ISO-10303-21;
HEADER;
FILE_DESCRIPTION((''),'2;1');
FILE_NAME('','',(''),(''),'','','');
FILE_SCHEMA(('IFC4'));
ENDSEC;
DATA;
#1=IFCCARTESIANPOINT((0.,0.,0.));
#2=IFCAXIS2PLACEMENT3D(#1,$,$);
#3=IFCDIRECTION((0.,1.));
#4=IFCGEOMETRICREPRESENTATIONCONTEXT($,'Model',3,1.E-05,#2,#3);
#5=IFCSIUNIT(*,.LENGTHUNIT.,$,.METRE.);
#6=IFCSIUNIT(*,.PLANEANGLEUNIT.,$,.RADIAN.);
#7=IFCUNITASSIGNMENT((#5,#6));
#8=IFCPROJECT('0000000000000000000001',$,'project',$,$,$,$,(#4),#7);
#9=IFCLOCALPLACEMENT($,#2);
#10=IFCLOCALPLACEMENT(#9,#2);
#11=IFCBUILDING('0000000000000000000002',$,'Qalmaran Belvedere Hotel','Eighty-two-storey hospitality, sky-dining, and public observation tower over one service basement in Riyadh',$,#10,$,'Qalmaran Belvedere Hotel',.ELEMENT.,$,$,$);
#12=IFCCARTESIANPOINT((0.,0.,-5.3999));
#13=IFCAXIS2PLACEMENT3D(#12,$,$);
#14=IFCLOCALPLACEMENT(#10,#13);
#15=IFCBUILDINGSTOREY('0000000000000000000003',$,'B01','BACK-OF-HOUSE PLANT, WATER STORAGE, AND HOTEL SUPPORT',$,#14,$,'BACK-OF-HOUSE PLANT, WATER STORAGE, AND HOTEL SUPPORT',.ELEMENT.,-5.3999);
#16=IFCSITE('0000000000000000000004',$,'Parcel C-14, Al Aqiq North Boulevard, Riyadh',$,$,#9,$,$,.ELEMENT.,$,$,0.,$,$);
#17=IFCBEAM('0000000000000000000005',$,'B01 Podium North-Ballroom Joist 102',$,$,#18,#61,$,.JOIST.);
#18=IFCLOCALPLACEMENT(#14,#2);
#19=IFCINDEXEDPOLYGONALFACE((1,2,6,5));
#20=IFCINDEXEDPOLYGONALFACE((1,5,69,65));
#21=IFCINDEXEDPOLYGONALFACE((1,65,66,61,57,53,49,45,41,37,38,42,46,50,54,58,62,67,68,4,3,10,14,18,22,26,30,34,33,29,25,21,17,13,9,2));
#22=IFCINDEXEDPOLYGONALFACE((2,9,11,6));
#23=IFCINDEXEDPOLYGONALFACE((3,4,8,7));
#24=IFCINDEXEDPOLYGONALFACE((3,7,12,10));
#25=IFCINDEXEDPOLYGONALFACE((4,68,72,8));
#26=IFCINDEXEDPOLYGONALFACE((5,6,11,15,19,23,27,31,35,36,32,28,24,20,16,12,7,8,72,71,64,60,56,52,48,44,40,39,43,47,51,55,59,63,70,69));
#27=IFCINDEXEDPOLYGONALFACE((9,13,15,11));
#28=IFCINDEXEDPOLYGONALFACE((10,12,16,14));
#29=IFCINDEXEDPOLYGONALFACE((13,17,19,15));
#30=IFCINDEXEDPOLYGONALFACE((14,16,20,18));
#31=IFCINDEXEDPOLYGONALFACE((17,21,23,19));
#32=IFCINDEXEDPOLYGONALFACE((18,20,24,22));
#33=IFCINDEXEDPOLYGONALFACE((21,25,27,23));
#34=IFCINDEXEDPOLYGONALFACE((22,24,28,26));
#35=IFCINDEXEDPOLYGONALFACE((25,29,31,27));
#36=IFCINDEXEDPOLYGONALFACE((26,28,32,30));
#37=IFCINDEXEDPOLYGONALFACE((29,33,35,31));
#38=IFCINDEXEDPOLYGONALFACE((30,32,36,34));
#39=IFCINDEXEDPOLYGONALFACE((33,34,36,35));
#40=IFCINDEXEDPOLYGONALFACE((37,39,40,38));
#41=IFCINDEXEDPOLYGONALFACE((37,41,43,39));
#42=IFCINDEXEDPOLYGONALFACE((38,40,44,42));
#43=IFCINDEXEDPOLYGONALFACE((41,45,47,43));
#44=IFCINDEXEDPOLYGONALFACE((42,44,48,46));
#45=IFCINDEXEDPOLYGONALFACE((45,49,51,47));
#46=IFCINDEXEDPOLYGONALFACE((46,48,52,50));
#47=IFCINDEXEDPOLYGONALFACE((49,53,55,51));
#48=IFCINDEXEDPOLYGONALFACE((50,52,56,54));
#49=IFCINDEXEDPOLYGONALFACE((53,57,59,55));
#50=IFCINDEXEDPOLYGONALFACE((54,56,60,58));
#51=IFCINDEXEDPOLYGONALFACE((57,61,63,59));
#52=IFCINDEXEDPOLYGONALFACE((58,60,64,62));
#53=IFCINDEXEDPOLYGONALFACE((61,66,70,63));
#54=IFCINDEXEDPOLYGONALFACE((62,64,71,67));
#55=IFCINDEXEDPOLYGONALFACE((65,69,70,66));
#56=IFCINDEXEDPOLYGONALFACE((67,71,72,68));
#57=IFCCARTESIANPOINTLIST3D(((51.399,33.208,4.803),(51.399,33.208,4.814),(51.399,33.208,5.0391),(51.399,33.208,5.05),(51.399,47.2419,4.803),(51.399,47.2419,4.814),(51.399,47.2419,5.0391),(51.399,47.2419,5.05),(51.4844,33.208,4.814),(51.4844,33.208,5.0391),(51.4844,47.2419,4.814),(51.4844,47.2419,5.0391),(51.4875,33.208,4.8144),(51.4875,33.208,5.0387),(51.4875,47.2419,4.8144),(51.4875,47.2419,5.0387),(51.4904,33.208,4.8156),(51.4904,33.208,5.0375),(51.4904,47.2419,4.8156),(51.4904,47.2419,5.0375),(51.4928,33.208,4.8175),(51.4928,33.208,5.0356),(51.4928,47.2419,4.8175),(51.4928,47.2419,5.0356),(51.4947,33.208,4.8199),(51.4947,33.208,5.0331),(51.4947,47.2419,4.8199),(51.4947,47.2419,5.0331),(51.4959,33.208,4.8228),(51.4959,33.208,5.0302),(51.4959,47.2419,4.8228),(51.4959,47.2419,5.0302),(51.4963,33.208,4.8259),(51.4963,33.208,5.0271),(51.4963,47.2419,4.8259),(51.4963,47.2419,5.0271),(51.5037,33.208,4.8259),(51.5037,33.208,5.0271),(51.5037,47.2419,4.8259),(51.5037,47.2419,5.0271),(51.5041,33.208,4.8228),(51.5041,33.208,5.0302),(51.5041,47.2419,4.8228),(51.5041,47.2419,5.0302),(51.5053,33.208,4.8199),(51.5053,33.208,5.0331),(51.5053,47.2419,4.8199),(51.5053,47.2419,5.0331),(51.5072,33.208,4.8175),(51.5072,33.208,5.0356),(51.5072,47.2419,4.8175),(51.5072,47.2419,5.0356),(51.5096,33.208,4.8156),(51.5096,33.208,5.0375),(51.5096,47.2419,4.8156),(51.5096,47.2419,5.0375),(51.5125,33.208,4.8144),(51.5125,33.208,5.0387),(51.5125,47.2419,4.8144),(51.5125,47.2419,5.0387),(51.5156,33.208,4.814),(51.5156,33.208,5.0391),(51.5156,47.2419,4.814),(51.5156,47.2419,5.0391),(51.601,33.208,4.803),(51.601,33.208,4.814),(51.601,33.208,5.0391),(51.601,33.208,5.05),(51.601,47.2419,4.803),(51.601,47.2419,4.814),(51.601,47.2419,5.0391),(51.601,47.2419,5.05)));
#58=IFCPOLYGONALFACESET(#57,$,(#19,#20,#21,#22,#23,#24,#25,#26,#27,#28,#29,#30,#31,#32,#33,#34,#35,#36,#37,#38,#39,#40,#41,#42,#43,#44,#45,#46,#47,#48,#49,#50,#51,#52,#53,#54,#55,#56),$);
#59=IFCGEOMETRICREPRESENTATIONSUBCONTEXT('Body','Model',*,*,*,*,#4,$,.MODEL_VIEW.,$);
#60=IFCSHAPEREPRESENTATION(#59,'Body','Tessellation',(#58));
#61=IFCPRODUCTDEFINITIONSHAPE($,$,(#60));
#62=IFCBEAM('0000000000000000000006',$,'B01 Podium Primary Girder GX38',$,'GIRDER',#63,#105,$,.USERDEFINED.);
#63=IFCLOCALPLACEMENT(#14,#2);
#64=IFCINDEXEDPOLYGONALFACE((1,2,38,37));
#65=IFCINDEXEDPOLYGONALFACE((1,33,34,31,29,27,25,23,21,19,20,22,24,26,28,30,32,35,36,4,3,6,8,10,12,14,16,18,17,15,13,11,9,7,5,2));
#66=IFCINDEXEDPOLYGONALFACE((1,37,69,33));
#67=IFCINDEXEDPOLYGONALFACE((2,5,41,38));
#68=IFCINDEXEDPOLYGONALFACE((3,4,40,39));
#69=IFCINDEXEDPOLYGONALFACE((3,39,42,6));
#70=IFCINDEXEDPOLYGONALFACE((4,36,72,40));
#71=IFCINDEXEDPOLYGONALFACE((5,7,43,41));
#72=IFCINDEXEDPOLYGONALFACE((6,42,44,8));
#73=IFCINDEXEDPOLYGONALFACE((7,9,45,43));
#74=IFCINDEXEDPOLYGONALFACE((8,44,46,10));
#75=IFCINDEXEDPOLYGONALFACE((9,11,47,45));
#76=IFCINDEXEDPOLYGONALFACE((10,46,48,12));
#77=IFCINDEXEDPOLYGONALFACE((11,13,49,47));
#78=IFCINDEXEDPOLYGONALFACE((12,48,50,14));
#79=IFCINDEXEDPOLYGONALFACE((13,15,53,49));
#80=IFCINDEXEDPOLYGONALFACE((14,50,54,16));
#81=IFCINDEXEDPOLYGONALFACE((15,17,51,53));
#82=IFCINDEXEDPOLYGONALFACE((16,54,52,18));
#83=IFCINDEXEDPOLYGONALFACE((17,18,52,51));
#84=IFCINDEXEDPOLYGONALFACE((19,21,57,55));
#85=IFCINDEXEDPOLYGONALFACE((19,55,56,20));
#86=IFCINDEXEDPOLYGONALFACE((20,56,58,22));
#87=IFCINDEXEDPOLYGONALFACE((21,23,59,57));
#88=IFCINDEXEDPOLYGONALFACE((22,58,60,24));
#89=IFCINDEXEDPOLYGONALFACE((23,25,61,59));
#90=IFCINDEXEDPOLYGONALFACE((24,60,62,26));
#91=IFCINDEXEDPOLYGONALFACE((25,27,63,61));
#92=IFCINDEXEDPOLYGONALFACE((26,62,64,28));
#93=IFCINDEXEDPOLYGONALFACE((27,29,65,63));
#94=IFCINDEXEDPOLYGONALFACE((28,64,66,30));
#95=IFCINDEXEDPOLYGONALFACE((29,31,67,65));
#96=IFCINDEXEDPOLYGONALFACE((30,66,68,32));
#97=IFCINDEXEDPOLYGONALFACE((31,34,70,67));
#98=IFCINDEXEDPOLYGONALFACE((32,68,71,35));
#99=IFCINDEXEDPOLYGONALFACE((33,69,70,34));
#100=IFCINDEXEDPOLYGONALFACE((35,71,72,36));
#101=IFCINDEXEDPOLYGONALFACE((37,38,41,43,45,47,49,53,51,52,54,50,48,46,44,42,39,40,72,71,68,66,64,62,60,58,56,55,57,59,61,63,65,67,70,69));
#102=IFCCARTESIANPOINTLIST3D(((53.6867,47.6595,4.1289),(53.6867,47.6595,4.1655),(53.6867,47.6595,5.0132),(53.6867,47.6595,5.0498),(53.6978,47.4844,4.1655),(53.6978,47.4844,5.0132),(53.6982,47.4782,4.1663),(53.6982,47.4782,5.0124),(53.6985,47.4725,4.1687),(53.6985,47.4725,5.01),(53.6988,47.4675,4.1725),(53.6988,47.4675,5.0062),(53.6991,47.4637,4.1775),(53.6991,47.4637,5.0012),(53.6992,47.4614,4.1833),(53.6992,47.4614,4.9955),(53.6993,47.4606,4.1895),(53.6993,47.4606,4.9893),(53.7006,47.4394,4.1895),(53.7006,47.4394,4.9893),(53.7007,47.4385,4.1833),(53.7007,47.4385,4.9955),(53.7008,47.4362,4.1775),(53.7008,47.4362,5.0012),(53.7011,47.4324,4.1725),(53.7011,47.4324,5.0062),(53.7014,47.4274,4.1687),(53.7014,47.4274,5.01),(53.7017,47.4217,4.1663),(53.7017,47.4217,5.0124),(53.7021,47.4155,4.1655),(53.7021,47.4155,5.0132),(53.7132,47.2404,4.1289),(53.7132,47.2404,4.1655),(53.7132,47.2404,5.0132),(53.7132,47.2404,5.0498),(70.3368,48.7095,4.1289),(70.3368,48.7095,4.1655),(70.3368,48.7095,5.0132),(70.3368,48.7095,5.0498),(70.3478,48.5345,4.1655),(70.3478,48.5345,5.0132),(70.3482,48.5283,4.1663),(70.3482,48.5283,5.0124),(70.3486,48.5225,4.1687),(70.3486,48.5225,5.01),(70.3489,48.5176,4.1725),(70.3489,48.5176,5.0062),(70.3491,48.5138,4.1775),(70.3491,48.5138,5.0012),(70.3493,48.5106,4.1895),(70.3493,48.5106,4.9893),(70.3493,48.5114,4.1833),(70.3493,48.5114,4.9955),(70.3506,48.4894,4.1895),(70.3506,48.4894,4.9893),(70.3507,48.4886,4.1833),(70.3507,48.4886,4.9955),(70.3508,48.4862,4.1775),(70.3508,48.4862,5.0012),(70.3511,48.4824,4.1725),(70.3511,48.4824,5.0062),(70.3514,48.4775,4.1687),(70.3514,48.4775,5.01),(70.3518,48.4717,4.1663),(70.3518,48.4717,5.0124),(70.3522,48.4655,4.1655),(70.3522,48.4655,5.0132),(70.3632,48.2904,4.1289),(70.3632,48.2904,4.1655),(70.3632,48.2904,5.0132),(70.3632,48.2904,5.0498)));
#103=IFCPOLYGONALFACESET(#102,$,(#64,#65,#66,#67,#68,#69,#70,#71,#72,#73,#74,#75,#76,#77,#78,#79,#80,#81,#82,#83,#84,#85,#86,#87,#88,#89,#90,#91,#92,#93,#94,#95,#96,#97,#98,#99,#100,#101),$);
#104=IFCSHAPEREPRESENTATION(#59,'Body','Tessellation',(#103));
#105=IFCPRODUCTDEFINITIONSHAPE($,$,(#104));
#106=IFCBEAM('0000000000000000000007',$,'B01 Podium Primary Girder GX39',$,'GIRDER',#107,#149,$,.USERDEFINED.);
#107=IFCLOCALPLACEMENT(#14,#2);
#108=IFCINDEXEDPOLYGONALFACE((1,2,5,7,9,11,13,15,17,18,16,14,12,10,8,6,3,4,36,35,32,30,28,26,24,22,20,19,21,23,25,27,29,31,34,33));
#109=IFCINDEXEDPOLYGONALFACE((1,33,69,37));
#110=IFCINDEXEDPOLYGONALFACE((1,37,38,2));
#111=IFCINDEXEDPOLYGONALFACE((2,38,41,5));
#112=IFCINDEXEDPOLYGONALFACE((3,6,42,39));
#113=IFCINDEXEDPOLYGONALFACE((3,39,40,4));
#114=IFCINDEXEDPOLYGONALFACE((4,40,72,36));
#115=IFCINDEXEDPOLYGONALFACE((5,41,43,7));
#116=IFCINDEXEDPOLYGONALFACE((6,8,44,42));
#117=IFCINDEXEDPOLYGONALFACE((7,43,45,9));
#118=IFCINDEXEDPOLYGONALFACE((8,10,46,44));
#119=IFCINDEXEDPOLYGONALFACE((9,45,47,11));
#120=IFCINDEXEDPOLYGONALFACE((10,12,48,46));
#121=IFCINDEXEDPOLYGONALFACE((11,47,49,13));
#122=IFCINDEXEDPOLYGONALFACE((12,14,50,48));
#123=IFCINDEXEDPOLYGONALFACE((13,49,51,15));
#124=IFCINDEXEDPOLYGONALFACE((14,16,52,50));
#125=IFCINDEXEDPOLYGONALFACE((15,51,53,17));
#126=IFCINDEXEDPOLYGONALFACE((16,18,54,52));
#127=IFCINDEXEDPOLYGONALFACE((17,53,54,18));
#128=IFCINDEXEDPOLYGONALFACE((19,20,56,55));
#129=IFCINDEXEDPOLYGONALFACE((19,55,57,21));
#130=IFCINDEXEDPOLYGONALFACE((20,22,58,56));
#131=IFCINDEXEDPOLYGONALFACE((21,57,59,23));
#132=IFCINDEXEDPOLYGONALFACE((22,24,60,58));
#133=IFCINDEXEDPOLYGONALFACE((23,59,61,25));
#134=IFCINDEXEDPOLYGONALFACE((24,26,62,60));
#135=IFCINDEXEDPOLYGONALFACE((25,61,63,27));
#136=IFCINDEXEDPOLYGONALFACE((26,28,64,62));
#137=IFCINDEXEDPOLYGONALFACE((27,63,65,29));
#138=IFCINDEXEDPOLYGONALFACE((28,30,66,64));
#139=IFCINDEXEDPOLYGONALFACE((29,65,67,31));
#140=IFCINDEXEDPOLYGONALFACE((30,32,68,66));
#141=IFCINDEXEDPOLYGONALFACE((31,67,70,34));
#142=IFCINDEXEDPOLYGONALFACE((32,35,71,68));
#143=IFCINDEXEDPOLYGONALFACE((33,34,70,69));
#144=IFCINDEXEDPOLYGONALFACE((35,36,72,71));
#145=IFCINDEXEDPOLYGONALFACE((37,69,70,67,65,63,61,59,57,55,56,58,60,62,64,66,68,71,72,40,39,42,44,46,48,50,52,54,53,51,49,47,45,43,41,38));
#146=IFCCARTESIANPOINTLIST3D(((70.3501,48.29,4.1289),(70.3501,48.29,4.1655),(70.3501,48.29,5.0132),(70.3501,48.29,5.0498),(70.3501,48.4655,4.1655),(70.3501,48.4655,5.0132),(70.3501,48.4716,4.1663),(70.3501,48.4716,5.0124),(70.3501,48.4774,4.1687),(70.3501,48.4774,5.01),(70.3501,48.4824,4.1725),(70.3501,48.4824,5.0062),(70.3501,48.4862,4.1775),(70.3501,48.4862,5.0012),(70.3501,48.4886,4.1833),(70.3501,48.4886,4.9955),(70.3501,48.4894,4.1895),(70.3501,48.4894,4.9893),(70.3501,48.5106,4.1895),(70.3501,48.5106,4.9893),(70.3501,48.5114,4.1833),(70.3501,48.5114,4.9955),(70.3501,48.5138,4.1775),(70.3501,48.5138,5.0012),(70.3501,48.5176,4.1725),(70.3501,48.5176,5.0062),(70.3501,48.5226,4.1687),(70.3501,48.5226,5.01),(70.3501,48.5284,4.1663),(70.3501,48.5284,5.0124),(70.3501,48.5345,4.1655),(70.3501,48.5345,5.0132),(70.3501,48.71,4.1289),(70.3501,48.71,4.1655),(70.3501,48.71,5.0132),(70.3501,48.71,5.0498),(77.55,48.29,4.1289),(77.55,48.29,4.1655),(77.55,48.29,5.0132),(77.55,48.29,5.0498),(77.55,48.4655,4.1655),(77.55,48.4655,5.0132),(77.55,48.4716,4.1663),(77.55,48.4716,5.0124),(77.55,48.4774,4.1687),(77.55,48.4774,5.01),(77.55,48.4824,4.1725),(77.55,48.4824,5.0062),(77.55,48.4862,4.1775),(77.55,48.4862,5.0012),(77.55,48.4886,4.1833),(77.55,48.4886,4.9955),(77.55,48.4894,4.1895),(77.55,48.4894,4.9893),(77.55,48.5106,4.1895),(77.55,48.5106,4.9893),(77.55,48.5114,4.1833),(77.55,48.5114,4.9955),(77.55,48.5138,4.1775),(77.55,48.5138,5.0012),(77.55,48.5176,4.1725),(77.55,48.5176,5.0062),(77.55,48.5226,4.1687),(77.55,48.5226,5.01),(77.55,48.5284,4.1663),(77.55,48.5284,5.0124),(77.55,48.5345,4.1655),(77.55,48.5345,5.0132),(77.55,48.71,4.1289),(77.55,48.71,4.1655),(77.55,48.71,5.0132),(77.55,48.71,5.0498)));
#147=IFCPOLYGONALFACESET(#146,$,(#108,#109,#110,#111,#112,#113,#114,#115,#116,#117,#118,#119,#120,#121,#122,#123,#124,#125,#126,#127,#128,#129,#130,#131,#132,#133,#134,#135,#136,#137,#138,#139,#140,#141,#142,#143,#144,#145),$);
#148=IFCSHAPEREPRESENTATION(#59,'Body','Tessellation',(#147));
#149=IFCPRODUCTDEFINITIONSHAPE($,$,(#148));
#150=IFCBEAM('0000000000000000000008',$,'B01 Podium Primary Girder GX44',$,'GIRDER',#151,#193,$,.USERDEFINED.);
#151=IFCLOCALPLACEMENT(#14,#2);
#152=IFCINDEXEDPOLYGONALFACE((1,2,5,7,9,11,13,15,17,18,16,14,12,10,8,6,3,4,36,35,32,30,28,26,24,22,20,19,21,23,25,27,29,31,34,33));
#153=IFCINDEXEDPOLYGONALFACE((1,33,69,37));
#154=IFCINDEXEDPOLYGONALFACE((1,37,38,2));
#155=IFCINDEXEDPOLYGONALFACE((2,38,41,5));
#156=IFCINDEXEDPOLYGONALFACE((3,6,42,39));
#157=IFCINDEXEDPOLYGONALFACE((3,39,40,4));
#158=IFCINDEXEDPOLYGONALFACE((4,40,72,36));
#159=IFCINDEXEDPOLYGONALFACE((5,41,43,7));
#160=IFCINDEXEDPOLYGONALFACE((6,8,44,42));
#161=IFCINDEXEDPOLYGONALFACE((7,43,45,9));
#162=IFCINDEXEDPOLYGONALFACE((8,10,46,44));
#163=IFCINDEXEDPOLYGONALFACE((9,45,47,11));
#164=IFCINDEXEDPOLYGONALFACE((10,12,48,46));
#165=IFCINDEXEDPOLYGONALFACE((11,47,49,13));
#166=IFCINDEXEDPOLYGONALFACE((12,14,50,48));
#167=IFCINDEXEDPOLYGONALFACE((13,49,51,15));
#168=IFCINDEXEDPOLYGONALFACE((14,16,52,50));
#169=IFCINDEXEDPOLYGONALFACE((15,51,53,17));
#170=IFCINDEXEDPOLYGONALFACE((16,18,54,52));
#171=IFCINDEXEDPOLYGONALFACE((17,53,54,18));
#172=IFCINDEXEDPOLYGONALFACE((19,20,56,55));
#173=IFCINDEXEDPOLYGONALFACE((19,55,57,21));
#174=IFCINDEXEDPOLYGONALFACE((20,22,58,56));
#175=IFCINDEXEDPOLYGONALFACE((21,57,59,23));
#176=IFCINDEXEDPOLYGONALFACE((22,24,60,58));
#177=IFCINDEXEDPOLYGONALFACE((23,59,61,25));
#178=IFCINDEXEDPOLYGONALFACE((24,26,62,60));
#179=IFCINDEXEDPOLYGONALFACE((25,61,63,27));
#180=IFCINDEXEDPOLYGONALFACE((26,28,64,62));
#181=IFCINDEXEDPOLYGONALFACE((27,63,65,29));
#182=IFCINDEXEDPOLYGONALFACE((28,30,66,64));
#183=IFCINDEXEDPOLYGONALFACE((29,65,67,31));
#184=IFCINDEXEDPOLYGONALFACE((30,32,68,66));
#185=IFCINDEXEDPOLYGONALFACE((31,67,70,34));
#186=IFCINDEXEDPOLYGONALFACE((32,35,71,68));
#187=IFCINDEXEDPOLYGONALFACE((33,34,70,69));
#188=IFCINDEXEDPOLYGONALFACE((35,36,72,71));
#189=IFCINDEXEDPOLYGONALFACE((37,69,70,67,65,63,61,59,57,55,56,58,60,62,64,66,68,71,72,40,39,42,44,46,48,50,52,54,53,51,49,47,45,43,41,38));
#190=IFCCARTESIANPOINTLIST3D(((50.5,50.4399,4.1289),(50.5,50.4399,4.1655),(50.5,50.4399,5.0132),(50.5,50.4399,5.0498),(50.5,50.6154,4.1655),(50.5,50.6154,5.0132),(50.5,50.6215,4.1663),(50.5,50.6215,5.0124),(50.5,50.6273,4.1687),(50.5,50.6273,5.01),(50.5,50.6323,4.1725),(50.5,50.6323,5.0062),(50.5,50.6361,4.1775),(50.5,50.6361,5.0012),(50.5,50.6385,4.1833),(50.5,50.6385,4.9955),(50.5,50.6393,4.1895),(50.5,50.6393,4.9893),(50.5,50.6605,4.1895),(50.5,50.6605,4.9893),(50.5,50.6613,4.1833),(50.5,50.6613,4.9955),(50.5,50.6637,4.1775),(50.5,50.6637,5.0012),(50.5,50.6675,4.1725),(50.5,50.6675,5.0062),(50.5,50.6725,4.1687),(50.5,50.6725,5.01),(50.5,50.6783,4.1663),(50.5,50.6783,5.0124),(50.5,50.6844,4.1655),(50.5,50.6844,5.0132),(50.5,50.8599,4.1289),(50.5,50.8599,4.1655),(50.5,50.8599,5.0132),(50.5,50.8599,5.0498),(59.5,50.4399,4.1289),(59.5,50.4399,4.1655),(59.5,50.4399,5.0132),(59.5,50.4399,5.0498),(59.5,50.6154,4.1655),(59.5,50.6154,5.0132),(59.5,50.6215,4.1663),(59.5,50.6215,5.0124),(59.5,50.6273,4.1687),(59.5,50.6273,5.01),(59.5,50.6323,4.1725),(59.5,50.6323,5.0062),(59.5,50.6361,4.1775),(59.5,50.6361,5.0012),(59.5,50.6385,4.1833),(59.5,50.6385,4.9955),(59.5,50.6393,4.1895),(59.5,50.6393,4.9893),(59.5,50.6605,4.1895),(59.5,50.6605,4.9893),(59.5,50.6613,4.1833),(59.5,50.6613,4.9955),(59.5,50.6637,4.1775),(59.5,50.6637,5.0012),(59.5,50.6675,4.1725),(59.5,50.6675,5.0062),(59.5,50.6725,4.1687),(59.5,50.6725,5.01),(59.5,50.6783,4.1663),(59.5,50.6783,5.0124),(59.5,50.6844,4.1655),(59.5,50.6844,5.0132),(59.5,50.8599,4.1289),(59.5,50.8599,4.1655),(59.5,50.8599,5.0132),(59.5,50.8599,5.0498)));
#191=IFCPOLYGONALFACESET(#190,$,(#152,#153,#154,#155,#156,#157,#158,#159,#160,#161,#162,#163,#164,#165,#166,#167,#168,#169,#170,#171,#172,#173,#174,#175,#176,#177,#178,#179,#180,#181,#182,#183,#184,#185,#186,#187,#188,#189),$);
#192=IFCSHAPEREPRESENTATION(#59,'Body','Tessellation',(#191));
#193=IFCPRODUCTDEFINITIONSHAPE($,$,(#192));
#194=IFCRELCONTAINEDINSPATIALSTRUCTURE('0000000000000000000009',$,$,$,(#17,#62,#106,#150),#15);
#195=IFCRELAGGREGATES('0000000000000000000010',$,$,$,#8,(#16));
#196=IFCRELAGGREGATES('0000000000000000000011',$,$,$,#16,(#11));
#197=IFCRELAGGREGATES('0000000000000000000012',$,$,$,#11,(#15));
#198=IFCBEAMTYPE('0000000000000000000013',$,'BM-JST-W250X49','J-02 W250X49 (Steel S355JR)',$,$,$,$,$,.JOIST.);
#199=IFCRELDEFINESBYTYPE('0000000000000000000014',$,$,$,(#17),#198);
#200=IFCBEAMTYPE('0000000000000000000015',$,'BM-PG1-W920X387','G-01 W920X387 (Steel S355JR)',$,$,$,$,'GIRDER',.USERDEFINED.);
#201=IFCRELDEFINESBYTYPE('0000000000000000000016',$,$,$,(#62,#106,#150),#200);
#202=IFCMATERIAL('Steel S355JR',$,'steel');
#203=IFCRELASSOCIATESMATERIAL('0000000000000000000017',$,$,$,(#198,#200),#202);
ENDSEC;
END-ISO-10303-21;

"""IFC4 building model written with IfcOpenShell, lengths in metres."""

from ifc_helpers import new_model, si_unit, direction, frame, origin, origin_2d, place, context, subcontext, project, spatial, i_section, extrude, material, material_profile, profile_set, type_object, element, save


model = new_model("IFC4")

# Units and contexts
model_context = context("Model", 3, precision=1e-05, world=origin(), true_north=direction((0.0, 1.0)))
body_context = subcontext(model_context, "Body", "Model", "MODEL_VIEW")
ifc_project = project(units=[si_unit("LENGTHUNIT", "METRE"), si_unit("PLANEANGLEUNIT", "RADIAN")], contexts=[model_context])

# Site, building, storey
site_placement = place(None, origin())
site = spatial("IfcSite", under=ifc_project, at=site_placement, Name="Parcel C-14, Al Aqiq North Boulevard, Riyadh", CompositionType="ELEMENT", RefElevation=0.0)
building_placement = place(site_placement, origin())
building = spatial("IfcBuilding", under=site, at=building_placement, Name="Qalmaran Belvedere Hotel", Description="Eighty-two-storey hospitality, sky-dining, and public observation tower over one service basement in Riyadh", LongName="Qalmaran Belvedere Hotel", CompositionType="ELEMENT")
storey_placement = place(building_placement, frame((0.0, 0.0, -5.3999)))
storey = spatial("IfcBuildingStorey", under=building, at=storey_placement, Name="B01", Description="BACK-OF-HOUSE PLANT, WATER STORAGE, AND HOTEL SUPPORT", LongName="BACK-OF-HOUSE PLANT, WATER STORAGE, AND HOTEL SUPPORT", CompositionType="ELEMENT", Elevation=-5.3999)

# Beams
ifc_material_1 = material(Name="Steel S355JR", Category="steel")
ifc_material_profile_1 = material_profile(ifc_material_1, i_section(OverallWidth=0.2019, OverallDepth=0.2471, WebThickness=0.0073, FlangeThickness=0.011, FilletRadius=0.012, at=origin_2d()), Name="W250X49")
ifc_profile_set_1 = profile_set([ifc_material_profile_1], Name="Steel S355JR")
beam_type_1 = type_object("IfcBeamType", Name="BM-JST-W250X49", Description="J-02 W250X49 (Steel S355JR)", PredefinedType="JOIST", material=ifc_profile_set_1)
beam_1_placement = place(storey_placement, frame((51.5, 33.208, 4.9265), z_axis=(0.0, 1.0, 0.0), x_axis=(-1.0, 0.0, 0.0)))
element("IfcBeam", 1, at=beam_1_placement, inside=storey, type_object=beam_type_1, Name="B01 Podium North-Ballroom Joist 102", PredefinedType="JOIST", context=body_context, shape_type="SweptSolid", body=[
    extrude(i_section(OverallWidth=0.2019, OverallDepth=0.2471, WebThickness=0.0073, FlangeThickness=0.011, FilletRadius=0.012, at=origin_2d()), origin(), (0.0, 0.0, 1.0), 14.0339),
])
ifc_material_profile_2 = material_profile(ifc_material_1, i_section(OverallWidth=0.4199, OverallDepth=0.9209, WebThickness=0.0212, FlangeThickness=0.0366, FilletRadius=0.0239, at=origin_2d()), Name="W920X387")
ifc_profile_set_2 = profile_set([ifc_material_profile_2], Name="Steel S355JR")
beam_type_2 = type_object("IfcBeamType", Name="BM-PG1-W920X387", Description="G-01 W920X387 (Steel S355JR)", ElementType="GIRDER", PredefinedType="USERDEFINED", material=ifc_profile_set_2)
beam_2_placement = place(storey_placement, frame((53.7, 47.45, 4.5894), z_axis=(0.998017, 0.06294, 0.0), x_axis=(-0.06294, 0.998017, 0.0)))
element("IfcBeam", 2, at=beam_2_placement, inside=storey, type_object=beam_type_2, Name="B01 Podium Primary Girder GX38", ObjectType="GIRDER", PredefinedType="USERDEFINED", context=body_context, shape_type="SweptSolid", body=[
    extrude(i_section(OverallWidth=0.4199, OverallDepth=0.9209, WebThickness=0.0212, FlangeThickness=0.0366, FilletRadius=0.0239, at=origin_2d()), origin(), (0.0, 0.0, 1.0), 16.6831),
])
beam_3_placement = place(storey_placement, frame((70.3501, 48.5, 4.5894), z_axis=(1.0, 0.0, 0.0), x_axis=(0.0, 1.0, 0.0)))
element("IfcBeam", 3, at=beam_3_placement, inside=storey, type_object=beam_type_2, Name="B01 Podium Primary Girder GX39", ObjectType="GIRDER", PredefinedType="USERDEFINED", context=body_context, shape_type="SweptSolid", body=[
    extrude(i_section(OverallWidth=0.4199, OverallDepth=0.9209, WebThickness=0.0212, FlangeThickness=0.0366, FilletRadius=0.0239, at=origin_2d()), origin(), (0.0, 0.0, 1.0), 7.2),
])
beam_4_placement = place(storey_placement, frame((50.5, 50.6499, 4.5894), z_axis=(1.0, 0.0, 0.0), x_axis=(0.0, 1.0, 0.0)))
element("IfcBeam", 4, at=beam_4_placement, inside=storey, type_object=beam_type_2, Name="B01 Podium Primary Girder GX44", ObjectType="GIRDER", PredefinedType="USERDEFINED", context=body_context, shape_type="SweptSolid", body=[
    extrude(i_section(OverallWidth=0.4199, OverallDepth=0.9209, WebThickness=0.0212, FlangeThickness=0.0366, FilletRadius=0.0239, at=origin_2d()), origin(), (0.0, 0.0, 1.0), 9.0),
])

save(model, "model.ifc")
